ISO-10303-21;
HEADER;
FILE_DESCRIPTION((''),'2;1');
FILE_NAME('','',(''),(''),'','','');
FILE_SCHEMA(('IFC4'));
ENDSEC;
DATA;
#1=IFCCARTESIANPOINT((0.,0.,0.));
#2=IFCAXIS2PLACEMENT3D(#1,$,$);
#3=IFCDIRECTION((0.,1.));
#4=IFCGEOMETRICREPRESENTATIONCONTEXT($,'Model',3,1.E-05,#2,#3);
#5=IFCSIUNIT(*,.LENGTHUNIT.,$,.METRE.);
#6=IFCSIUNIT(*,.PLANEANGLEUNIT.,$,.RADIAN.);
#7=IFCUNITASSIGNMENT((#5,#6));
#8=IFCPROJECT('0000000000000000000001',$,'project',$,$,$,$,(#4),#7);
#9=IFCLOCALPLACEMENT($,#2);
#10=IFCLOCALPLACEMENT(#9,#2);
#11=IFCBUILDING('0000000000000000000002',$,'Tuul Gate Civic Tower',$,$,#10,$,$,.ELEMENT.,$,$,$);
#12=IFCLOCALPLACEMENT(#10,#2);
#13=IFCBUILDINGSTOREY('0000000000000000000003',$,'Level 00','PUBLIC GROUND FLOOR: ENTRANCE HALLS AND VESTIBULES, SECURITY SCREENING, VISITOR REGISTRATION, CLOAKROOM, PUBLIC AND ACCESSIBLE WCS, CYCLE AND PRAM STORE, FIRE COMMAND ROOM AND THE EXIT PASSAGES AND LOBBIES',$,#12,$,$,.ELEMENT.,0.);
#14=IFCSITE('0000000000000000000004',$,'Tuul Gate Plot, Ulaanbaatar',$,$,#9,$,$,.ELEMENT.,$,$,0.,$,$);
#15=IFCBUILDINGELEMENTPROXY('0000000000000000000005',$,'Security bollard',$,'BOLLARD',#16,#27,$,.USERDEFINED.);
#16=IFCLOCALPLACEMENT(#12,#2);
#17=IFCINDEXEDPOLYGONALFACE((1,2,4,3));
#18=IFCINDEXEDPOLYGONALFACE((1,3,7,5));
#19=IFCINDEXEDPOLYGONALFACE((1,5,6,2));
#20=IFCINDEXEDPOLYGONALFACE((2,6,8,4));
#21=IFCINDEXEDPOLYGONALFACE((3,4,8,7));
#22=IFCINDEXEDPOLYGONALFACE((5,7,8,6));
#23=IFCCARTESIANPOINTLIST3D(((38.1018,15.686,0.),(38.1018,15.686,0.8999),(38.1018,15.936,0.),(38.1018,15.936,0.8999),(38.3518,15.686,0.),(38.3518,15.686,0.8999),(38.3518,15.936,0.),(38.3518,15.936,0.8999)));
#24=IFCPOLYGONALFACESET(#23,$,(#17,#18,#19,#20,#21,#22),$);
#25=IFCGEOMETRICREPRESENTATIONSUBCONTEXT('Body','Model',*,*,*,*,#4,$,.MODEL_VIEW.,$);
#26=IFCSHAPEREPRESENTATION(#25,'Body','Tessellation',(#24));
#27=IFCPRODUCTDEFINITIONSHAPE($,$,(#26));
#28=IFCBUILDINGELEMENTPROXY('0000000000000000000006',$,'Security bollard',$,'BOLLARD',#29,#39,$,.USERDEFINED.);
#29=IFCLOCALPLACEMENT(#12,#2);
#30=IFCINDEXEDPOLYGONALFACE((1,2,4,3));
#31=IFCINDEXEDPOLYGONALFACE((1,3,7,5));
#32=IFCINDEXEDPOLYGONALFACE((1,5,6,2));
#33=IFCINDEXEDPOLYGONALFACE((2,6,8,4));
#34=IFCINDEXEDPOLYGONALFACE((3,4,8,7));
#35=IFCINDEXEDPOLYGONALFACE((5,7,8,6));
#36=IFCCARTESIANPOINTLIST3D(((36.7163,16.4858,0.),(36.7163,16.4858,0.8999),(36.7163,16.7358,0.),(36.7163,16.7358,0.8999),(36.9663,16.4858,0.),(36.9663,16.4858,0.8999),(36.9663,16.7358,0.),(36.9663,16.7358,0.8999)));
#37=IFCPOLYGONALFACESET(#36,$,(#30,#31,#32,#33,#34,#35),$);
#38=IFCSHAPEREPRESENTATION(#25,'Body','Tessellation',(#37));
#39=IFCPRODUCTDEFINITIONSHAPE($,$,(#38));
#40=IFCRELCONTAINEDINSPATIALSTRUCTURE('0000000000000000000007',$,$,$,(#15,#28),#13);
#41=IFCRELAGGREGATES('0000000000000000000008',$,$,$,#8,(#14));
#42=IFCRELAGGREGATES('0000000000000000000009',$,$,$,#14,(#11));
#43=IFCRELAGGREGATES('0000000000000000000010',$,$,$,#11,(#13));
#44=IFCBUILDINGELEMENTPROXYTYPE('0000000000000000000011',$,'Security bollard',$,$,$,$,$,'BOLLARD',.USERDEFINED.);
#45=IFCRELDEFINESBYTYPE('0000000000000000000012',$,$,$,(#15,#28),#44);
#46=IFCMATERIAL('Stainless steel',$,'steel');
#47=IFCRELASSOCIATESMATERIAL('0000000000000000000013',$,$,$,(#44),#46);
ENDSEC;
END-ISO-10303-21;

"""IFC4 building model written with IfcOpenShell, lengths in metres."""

from ifc_helpers import new_model, si_unit, direction, frame, origin, origin_2d, place, context, subcontext, project, spatial, rectangle, extrude, material, type_object, element, save


model = new_model("IFC4")

# Units and contexts
model_context = context("Model", 3, precision=1e-05, world=origin(), true_north=direction((0.0, 1.0)))
body_context = subcontext(model_context, "Body", "Model", "MODEL_VIEW")
ifc_project = project(units=[si_unit("LENGTHUNIT", "METRE"), si_unit("PLANEANGLEUNIT", "RADIAN")], contexts=[model_context])

# Site, building, storey
site_placement = place(None, origin())
site = spatial("IfcSite", under=ifc_project, at=site_placement, Name="Tuul Gate Plot, Ulaanbaatar", CompositionType="ELEMENT", RefElevation=0.0)
building_placement = place(site_placement, origin())
building = spatial("IfcBuilding", under=site, at=building_placement, Name="Tuul Gate Civic Tower", CompositionType="ELEMENT")
storey_placement = place(building_placement, origin())
storey = spatial("IfcBuildingStorey", under=building, at=storey_placement, Name="Level 00", Description="PUBLIC GROUND FLOOR: ENTRANCE HALLS AND VESTIBULES, SECURITY SCREENING, VISITOR REGISTRATION, CLOAKROOM, PUBLIC AND ACCESSIBLE WCS, CYCLE AND PRAM STORE, FIRE COMMAND ROOM AND THE EXIT PASSAGES AND LOBBIES", CompositionType="ELEMENT", Elevation=0.0)

# Building element proxies
ifc_material_1 = material(Name="Stainless steel", Category="steel")
building_element_proxy_type = type_object("IfcBuildingElementProxyType", Name="Security bollard", ElementType="BOLLARD", PredefinedType="USERDEFINED", material=ifc_material_1)
for number, where, z_axis, x_axis, name in (
    (1, (38.2268, 15.811, 0.0), (0.0, 0.0, 1.0), (1.0, 0.0, 0.0), "Security bollard"),
    (2, (36.8413, 16.6108, 0.0), (0.0, 0.0, 1.0), (1.0, 0.0, 0.0), "Security bollard"),
):
    element("IfcBuildingElementProxy", number, at=place(storey_placement, frame(where, z_axis=z_axis, x_axis=x_axis)), inside=storey, type_object=building_element_proxy_type, Name=name, ObjectType="BOLLARD", PredefinedType="USERDEFINED", context=body_context, shape_type="SweptSolid", body=[
        extrude(rectangle(XDim=0.25, YDim=0.25, at=origin_2d()), origin(), (0.0, 0.0, 1.0), 0.8999),
    ])

save(model, "model.ifc")
